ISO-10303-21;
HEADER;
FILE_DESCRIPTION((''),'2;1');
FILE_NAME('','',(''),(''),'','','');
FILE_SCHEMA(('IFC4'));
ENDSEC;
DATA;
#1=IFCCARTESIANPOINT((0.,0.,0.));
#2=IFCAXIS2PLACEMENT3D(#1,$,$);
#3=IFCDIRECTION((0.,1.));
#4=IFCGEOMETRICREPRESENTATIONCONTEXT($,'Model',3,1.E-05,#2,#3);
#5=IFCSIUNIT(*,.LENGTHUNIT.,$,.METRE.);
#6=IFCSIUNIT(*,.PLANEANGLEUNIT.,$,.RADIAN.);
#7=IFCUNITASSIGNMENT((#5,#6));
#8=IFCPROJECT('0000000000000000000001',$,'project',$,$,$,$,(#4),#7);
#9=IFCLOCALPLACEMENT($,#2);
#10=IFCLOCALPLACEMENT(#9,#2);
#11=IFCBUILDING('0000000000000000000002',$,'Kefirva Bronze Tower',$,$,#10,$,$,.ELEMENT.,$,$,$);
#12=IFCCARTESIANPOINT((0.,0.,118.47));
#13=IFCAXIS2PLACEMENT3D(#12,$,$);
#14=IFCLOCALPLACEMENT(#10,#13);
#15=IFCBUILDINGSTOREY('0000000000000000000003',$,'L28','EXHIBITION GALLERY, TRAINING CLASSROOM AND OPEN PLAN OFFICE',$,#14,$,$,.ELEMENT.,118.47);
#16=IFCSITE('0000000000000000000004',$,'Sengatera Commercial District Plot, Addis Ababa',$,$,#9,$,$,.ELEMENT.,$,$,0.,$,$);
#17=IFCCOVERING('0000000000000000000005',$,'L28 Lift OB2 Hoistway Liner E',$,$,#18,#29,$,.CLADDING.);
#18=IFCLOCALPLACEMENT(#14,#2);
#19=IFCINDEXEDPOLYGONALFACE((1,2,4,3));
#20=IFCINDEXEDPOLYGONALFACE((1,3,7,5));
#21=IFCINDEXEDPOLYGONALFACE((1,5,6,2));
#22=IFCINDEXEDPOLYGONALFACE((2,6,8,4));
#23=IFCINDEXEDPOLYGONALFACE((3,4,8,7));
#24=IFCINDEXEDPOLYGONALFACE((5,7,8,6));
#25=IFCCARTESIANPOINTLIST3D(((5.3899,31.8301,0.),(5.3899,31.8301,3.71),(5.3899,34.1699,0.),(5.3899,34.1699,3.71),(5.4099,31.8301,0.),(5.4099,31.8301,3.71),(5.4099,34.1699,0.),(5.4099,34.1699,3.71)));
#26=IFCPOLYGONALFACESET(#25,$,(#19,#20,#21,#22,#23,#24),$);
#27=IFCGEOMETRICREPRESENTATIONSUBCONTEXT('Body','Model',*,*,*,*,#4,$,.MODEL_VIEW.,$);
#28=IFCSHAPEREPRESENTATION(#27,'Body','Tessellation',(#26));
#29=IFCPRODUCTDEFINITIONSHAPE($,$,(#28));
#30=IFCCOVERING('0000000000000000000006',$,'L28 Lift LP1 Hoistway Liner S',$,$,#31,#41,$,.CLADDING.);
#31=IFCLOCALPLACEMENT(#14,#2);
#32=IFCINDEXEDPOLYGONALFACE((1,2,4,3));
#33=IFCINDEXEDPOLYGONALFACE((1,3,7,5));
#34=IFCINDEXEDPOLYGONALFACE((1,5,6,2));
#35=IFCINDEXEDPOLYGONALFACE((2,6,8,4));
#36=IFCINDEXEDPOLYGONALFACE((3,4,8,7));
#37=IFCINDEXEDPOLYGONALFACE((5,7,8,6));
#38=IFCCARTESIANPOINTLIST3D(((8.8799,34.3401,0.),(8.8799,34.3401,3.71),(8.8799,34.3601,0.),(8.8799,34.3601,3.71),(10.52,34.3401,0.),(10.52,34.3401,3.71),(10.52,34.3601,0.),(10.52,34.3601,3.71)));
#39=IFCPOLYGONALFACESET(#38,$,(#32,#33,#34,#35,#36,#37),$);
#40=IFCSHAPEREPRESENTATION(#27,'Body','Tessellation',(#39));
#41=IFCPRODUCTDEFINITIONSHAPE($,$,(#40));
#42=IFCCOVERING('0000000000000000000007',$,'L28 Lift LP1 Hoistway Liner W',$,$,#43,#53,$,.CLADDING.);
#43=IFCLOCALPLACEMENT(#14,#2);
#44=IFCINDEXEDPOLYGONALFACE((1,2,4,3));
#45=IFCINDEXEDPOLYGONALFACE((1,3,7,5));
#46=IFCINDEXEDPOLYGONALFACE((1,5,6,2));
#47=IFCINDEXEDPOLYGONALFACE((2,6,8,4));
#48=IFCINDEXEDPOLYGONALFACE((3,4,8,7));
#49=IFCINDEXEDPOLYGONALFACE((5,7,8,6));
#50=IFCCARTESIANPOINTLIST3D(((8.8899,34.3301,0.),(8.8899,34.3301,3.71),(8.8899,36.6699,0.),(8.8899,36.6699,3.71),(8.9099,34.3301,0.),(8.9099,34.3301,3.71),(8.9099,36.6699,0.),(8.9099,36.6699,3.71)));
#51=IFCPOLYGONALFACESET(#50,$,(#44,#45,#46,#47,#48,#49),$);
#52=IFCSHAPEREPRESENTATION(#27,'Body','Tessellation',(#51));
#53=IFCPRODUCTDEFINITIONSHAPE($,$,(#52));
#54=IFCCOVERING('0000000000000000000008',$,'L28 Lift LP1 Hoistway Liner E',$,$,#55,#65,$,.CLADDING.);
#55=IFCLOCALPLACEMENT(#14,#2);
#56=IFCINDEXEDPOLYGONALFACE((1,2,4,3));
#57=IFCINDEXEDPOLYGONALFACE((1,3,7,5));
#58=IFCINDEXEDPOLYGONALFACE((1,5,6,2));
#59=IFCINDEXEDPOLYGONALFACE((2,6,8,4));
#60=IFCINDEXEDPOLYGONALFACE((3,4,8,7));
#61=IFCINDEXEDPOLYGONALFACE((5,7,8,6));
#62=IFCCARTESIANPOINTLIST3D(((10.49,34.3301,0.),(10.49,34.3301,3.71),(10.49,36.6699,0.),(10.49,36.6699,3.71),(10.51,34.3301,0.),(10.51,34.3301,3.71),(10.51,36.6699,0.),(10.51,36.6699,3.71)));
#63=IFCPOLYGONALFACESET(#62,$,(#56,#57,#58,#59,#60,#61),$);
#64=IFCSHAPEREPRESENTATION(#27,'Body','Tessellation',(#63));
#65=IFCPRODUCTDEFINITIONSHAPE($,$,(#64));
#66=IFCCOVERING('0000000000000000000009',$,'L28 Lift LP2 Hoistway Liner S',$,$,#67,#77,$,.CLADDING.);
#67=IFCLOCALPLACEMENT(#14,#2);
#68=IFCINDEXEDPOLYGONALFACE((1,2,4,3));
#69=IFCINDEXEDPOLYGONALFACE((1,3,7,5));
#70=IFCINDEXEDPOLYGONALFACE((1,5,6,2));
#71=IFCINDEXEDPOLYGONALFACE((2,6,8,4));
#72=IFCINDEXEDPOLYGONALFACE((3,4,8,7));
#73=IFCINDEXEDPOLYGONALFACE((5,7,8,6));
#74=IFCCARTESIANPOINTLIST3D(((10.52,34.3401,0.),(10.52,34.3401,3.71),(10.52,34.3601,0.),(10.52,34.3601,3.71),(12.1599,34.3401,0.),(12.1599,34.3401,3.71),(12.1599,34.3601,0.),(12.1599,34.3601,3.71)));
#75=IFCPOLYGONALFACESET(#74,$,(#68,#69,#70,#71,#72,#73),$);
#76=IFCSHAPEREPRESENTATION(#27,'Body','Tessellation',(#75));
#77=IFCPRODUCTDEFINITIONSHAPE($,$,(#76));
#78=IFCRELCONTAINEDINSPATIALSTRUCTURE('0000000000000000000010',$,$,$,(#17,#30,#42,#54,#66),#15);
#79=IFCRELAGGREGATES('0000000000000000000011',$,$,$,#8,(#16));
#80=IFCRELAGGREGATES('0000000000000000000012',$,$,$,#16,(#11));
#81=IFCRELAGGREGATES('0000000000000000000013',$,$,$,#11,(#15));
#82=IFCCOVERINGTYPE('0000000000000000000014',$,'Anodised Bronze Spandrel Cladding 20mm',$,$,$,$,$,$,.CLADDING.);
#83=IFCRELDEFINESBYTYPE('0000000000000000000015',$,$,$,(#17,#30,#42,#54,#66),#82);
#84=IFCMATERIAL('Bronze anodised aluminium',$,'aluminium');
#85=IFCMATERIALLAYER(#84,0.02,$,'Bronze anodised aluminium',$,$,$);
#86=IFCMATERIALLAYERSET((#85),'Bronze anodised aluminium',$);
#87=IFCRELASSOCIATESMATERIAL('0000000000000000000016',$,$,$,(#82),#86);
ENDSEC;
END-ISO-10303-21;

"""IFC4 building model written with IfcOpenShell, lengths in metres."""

from ifc_helpers import new_model, si_unit, direction, frame, origin, place, context, subcontext, project, spatial, polyline, outline, extrude, material, layer, layer_set, type_object, element, save


model = new_model("IFC4")

# Units and contexts
model_context = context("Model", 3, precision=1e-05, world=origin(), true_north=direction((0.0, 1.0)))
body_context = subcontext(model_context, "Body", "Model", "MODEL_VIEW")
ifc_project = project(units=[si_unit("LENGTHUNIT", "METRE"), si_unit("PLANEANGLEUNIT", "RADIAN")], contexts=[model_context])

# Site, building, storey
site_placement = place(None, origin())
site = spatial("IfcSite", under=ifc_project, at=site_placement, Name="Sengatera Commercial District Plot, Addis Ababa", CompositionType="ELEMENT", RefElevation=0.0)
building_placement = place(site_placement, origin())
building = spatial("IfcBuilding", under=site, at=building_placement, Name="Kefirva Bronze Tower", CompositionType="ELEMENT")
storey_placement = place(building_placement, frame((0.0, 0.0, 118.47)))
storey = spatial("IfcBuildingStorey", under=building, at=storey_placement, Name="L28", Description="EXHIBITION GALLERY, TRAINING CLASSROOM AND OPEN PLAN OFFICE", CompositionType="ELEMENT", Elevation=118.47)

# Coverings
ifc_material_1 = material(Name="Bronze anodised aluminium", Category="aluminium")
ifc_layer_1 = layer(ifc_material_1, 0.02, Name="Bronze anodised aluminium")
ifc_layer_set_1 = layer_set([ifc_layer_1], Name="Bronze anodised aluminium")
covering_type = type_object("IfcCoveringType", Name="Anodised Bronze Spandrel Cladding 20mm", PredefinedType="CLADDING", material=ifc_layer_set_1)
covering_1_placement = place(storey_placement, origin())
element("IfcCovering", 1, at=covering_1_placement, inside=storey, type_object=covering_type, Name="L28 Lift OB2 Hoistway Liner E", PredefinedType="CLADDING", context=body_context, shape_type="SweptSolid", body=[
    extrude(outline(polyline([(5.3899, 31.8301), (5.4099, 31.8301), (5.4099, 34.1699), (5.3899, 34.1699), (5.3899, 31.8301)])), origin(), (0.0, 0.0, 1.0), 3.71),
])
covering_2_placement = place(storey_placement, origin())
element("IfcCovering", 2, at=covering_2_placement, inside=storey, type_object=covering_type, Name="L28 Lift LP1 Hoistway Liner S", PredefinedType="CLADDING", context=body_context, shape_type="SweptSolid", body=[
    extrude(outline(polyline([(8.8799, 34.3401), (10.52, 34.3401), (10.52, 34.3601), (8.8799, 34.3601), (8.8799, 34.3401)])), origin(), (0.0, 0.0, 1.0), 3.71),
])
covering_3_placement = place(storey_placement, origin())
element("IfcCovering", 3, at=covering_3_placement, inside=storey, type_object=covering_type, Name="L28 Lift LP1 Hoistway Liner W", PredefinedType="CLADDING", context=body_context, shape_type="SweptSolid", body=[
    extrude(outline(polyline([(8.8899, 34.3301), (8.9099, 34.3301), (8.9099, 36.6699), (8.8899, 36.6699), (8.8899, 34.3301)])), origin(), (0.0, 0.0, 1.0), 3.71),
])
covering_4_placement = place(storey_placement, origin())
element("IfcCovering", 4, at=covering_4_placement, inside=storey, type_object=covering_type, Name="L28 Lift LP1 Hoistway Liner E", PredefinedType="CLADDING", context=body_context, shape_type="SweptSolid", body=[
    extrude(outline(polyline([(10.49, 34.3301), (10.51, 34.3301), (10.51, 36.6699), (10.49, 36.6699), (10.49, 34.3301)])), origin(), (0.0, 0.0, 1.0), 3.71),
])
covering_5_placement = place(storey_placement, origin())
element("IfcCovering", 5, at=covering_5_placement, inside=storey, type_object=covering_type, Name="L28 Lift LP2 Hoistway Liner S", PredefinedType="CLADDING", context=body_context, shape_type="SweptSolid", body=[
    extrude(outline(polyline([(10.52, 34.3401), (12.1599, 34.3401), (12.1599, 34.3601), (10.52, 34.3601), (10.52, 34.3401)])), origin(), (0.0, 0.0, 1.0), 3.71),
])

save(model, "model.ifc")
